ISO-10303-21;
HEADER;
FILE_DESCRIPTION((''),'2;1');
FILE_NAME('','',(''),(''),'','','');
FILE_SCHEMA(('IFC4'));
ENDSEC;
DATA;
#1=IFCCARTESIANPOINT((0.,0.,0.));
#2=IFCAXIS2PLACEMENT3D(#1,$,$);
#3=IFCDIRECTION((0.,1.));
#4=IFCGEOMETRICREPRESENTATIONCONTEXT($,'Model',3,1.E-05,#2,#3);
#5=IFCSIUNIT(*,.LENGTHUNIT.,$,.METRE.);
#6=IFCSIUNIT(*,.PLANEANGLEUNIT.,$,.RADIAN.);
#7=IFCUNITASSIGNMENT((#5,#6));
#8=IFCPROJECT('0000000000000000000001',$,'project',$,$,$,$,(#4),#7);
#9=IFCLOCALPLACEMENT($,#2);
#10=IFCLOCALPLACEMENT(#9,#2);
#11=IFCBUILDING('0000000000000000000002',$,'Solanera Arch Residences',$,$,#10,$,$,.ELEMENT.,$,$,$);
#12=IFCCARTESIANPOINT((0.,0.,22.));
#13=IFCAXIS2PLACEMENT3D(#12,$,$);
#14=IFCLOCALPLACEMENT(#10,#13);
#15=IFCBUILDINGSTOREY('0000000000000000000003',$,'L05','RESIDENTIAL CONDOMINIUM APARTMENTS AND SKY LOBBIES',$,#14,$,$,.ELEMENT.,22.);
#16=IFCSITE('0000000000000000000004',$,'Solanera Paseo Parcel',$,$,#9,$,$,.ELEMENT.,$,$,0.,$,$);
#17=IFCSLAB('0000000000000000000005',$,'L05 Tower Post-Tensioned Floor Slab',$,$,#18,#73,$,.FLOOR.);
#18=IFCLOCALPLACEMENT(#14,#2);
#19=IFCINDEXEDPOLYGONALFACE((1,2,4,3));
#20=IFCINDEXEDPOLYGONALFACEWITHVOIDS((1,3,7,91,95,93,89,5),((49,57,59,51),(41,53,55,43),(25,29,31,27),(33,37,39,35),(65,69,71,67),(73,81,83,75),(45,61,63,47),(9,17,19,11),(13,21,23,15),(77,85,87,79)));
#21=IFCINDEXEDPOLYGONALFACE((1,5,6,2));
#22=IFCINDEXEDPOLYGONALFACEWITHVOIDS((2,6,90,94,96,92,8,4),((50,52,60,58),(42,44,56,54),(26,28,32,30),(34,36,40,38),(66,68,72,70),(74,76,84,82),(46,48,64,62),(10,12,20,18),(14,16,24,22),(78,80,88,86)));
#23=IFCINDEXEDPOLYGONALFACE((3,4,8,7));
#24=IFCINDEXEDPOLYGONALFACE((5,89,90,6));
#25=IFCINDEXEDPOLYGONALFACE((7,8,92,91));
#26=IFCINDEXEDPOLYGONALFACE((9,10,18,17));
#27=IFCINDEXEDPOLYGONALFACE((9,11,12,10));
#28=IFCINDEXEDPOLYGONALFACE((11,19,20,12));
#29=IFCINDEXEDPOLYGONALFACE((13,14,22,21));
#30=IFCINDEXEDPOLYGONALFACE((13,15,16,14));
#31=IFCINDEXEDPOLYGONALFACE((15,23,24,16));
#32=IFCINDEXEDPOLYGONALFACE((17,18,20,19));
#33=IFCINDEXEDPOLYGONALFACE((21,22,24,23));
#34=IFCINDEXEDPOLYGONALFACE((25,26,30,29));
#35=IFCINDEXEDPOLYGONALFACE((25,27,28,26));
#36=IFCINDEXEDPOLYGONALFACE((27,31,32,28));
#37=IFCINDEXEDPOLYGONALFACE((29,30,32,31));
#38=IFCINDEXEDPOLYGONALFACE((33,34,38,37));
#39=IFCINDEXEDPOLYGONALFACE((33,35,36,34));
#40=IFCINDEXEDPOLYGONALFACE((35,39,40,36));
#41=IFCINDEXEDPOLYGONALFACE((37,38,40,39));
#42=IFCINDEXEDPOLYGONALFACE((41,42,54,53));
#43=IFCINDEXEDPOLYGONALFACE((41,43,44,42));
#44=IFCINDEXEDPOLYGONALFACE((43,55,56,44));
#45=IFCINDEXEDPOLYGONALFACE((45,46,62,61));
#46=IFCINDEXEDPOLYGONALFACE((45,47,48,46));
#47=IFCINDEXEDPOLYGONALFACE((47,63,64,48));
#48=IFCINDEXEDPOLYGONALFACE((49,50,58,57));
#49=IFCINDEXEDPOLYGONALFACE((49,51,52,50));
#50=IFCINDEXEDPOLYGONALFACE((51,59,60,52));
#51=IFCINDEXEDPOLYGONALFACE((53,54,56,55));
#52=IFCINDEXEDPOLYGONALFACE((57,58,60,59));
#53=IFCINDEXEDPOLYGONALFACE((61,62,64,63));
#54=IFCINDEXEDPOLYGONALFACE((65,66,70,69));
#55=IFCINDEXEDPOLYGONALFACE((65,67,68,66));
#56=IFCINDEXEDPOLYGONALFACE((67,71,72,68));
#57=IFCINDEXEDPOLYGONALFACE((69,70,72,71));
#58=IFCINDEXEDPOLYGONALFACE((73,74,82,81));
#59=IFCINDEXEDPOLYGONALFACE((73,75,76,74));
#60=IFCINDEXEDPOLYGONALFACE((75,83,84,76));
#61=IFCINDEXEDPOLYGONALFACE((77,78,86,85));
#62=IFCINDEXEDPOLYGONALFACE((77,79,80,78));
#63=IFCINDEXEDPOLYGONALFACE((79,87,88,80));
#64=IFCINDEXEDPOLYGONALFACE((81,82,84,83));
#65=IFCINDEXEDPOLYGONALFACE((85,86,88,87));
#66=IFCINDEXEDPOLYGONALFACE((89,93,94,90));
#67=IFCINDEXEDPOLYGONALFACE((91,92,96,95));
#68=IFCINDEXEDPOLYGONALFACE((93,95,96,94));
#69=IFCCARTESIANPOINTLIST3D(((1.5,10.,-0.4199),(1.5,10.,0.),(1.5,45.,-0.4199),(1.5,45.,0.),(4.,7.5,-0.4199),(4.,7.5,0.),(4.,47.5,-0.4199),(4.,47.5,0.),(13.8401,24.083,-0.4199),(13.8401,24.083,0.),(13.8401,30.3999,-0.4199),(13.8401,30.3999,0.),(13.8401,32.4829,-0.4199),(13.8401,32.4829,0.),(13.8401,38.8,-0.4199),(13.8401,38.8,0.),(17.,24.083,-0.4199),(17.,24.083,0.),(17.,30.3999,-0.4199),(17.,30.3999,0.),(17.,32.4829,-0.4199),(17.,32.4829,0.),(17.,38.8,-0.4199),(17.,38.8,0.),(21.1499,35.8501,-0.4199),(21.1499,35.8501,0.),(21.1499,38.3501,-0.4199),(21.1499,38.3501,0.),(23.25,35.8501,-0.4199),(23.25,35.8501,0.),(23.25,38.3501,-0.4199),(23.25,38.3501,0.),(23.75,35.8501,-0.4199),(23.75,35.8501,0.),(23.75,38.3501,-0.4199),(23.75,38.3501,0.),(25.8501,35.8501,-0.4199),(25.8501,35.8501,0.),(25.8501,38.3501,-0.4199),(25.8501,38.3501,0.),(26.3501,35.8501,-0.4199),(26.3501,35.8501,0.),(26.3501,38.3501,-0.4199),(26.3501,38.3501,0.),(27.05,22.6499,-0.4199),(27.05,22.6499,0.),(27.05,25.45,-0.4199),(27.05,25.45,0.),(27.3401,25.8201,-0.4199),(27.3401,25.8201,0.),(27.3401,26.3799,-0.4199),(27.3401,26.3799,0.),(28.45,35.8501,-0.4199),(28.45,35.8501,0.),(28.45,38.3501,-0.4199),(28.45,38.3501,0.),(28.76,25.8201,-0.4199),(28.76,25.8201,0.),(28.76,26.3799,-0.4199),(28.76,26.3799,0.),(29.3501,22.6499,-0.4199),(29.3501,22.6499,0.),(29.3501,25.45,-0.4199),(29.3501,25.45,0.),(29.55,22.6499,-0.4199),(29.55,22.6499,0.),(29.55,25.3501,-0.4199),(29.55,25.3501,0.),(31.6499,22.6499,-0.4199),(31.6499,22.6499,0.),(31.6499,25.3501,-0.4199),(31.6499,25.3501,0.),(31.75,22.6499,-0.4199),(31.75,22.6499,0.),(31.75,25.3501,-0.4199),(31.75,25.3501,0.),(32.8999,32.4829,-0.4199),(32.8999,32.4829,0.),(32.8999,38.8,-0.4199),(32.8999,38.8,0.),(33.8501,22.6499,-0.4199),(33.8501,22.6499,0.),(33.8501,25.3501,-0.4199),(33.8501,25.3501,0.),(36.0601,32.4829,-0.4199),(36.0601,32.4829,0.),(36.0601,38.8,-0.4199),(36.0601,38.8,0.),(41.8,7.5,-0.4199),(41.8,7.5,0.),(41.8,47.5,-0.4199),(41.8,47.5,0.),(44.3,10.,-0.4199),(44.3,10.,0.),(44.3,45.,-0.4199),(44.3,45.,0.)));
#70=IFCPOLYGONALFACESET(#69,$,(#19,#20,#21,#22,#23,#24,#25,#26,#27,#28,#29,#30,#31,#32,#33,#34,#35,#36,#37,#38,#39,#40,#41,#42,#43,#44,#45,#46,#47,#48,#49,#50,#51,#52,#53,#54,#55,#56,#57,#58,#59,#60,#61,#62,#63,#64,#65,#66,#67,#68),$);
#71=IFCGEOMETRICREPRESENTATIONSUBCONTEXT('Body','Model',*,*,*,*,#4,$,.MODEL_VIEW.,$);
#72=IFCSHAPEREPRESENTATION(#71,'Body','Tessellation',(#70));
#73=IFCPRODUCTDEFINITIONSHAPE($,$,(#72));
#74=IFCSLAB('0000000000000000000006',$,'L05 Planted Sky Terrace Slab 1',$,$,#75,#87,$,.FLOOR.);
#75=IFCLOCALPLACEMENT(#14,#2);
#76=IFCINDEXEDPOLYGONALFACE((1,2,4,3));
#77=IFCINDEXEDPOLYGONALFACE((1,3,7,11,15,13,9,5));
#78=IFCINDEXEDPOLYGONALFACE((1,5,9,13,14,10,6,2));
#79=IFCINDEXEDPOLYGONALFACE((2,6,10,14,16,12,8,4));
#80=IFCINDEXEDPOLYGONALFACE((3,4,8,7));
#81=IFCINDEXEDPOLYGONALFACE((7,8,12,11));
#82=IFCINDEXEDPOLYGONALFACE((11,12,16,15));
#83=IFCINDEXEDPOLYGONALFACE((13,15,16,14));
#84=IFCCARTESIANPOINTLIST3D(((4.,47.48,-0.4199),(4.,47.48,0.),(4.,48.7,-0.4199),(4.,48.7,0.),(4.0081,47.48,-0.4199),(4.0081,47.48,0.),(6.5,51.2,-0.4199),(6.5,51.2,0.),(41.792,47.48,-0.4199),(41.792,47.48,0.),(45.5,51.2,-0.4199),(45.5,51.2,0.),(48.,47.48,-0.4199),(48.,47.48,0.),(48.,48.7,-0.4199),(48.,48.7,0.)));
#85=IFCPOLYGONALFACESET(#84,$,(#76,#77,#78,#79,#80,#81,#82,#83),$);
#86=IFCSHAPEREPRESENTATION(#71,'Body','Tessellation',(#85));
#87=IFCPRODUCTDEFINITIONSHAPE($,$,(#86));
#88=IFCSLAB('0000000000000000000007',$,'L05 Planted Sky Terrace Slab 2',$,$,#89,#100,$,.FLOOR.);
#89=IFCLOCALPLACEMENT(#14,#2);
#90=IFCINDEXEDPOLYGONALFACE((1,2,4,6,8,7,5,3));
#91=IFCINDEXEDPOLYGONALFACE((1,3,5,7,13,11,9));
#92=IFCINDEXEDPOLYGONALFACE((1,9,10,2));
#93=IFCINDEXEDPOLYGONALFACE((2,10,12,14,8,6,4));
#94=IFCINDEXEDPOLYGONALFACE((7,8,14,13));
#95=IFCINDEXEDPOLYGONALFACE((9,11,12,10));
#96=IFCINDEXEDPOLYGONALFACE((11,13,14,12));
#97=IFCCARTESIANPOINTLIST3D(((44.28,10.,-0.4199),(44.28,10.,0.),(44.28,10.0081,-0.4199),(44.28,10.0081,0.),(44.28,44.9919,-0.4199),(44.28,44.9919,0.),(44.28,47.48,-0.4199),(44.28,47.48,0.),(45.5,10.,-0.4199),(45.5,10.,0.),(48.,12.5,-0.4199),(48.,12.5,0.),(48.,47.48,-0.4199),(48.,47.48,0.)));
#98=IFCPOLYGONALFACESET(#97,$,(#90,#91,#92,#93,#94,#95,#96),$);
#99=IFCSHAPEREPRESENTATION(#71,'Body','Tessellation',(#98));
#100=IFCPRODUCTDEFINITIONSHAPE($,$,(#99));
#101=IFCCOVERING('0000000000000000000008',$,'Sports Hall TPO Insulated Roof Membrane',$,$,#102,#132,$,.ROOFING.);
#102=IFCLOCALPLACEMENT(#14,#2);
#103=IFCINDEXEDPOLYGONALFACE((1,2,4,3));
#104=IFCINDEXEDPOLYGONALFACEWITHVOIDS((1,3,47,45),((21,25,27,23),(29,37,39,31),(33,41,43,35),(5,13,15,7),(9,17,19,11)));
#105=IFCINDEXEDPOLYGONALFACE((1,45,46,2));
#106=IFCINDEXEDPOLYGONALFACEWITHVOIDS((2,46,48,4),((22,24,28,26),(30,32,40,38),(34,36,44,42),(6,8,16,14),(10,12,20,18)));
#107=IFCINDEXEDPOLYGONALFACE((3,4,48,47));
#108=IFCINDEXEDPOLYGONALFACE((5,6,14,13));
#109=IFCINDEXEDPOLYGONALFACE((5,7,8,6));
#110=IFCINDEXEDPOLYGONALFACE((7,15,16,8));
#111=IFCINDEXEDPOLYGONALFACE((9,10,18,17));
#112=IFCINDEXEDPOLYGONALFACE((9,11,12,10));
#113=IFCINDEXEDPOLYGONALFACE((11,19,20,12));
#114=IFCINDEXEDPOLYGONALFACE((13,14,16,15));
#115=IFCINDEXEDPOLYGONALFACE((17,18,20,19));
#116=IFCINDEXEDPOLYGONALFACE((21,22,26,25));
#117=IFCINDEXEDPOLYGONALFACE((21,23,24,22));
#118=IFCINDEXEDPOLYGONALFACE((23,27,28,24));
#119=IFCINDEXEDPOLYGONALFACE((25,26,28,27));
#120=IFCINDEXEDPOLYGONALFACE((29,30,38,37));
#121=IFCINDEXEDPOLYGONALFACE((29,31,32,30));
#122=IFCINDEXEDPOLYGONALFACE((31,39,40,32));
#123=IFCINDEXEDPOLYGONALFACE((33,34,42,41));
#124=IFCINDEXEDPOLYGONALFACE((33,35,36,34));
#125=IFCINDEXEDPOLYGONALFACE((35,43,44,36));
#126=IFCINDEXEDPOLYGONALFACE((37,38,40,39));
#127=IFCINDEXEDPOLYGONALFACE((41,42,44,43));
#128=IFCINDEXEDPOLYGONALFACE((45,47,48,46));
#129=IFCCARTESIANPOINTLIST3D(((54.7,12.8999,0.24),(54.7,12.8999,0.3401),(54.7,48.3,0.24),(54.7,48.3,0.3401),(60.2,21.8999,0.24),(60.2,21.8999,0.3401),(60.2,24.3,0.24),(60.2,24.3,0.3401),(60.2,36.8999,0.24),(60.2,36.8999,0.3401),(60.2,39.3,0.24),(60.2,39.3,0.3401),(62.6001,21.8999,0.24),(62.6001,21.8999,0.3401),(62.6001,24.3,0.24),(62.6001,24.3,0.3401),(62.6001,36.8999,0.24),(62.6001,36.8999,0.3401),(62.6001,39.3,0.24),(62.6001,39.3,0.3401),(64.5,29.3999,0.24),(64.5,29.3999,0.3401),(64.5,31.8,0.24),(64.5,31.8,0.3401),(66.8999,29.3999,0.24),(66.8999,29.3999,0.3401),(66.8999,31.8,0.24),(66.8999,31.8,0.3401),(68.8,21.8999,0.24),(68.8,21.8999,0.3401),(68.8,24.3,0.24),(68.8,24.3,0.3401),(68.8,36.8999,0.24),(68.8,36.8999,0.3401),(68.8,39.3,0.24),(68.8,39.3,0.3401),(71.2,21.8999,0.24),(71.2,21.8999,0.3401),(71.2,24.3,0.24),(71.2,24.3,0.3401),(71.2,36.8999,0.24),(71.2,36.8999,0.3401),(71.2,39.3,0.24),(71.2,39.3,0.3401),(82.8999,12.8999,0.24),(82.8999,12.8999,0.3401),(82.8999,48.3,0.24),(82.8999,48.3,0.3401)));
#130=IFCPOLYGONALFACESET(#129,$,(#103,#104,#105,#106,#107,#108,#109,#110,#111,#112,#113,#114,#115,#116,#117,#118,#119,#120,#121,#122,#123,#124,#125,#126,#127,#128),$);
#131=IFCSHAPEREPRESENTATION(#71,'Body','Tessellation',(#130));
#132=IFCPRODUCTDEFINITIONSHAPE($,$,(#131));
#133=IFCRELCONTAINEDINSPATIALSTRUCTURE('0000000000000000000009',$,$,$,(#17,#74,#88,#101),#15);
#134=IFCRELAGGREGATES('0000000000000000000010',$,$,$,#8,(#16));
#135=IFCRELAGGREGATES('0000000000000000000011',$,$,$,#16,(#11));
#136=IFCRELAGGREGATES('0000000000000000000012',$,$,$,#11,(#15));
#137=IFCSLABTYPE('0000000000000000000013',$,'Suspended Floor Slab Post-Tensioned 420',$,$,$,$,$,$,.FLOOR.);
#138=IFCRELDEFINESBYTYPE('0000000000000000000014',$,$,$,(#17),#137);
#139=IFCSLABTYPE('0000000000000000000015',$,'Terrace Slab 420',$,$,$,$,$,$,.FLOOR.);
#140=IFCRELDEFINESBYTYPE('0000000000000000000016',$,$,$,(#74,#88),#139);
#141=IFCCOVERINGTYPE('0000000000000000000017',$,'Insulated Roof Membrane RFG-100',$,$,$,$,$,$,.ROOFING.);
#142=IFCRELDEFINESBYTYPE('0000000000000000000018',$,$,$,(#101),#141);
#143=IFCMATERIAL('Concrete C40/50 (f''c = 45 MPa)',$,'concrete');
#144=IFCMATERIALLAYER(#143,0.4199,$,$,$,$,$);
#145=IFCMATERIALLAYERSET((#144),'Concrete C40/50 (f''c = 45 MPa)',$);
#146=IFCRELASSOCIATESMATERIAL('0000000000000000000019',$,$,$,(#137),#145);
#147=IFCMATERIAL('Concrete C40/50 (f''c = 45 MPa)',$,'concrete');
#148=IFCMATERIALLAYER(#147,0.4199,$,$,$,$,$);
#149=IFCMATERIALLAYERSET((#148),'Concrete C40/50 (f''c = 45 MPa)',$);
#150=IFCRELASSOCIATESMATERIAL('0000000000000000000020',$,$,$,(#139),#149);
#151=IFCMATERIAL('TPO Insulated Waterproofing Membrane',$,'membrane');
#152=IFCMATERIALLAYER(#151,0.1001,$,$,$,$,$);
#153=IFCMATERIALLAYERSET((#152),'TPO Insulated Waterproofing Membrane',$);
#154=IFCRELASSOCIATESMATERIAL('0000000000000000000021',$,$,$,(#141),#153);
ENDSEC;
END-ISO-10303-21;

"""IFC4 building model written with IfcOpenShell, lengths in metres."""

from ifc_helpers import new_model, si_unit, direction, frame, origin, place, context, subcontext, project, spatial, polyline, outline, extrude, material, layer, layer_set, type_object, element, save


model = new_model("IFC4")

# Units and contexts
model_context = context("Model", 3, precision=1e-05, world=origin(), true_north=direction((0.0, 1.0)))
body_context = subcontext(model_context, "Body", "Model", "MODEL_VIEW")
ifc_project = project(units=[si_unit("LENGTHUNIT", "METRE"), si_unit("PLANEANGLEUNIT", "RADIAN")], contexts=[model_context])

# Site, building, storey
site_placement = place(None, origin())
site = spatial("IfcSite", under=ifc_project, at=site_placement, Name="Solanera Paseo Parcel", CompositionType="ELEMENT", RefElevation=0.0)
building_placement = place(site_placement, origin())
building = spatial("IfcBuilding", under=site, at=building_placement, Name="Solanera Arch Residences", CompositionType="ELEMENT")
storey_placement = place(building_placement, frame((0.0, 0.0, 22.0)))
storey = spatial("IfcBuildingStorey", under=building, at=storey_placement, Name="L05", Description="RESIDENTIAL CONDOMINIUM APARTMENTS AND SKY LOBBIES", CompositionType="ELEMENT", Elevation=22.0)

# Slabs
ifc_material_1 = material(Name="Concrete C40/50 (f'c = 45 MPa)", Category="concrete")
ifc_layer_1 = layer(ifc_material_1, 0.4199)
ifc_layer_set_1 = layer_set([ifc_layer_1], Name="Concrete C40/50 (f'c = 45 MPa)")
slab_type_1 = type_object("IfcSlabType", Name="Suspended Floor Slab Post-Tensioned 420", PredefinedType="FLOOR", material=ifc_layer_set_1)
slab_1_placement = place(storey_placement, frame((0.0, 0.0, -0.4199)))
element("IfcSlab", 1, at=slab_1_placement, inside=storey, type_object=slab_type_1, Name="L05 Tower Post-Tensioned Floor Slab", PredefinedType="FLOOR", context=body_context, shape_type="SweptSolid", body=[
    extrude(outline(polyline([(4.0, 7.5), (41.8, 7.5), (44.3, 10.0), (44.3, 45.0), (41.8, 47.5), (4.0, 47.5), (1.5, 45.0), (1.5, 10.0), (4.0, 7.5)]), holes=[polyline([(13.8401, 32.4829), (13.8401, 38.8), (17.0, 38.8), (17.0, 32.4829), (13.8401, 32.4829)]), polyline([(32.8999, 32.4829), (32.8999, 38.8), (36.0601, 38.8), (36.0601, 32.4829), (32.8999, 32.4829)]), polyline([(13.8401, 24.083), (13.8401, 30.3999), (17.0, 30.3999), (17.0, 24.083), (13.8401, 24.083)]), polyline([(21.1499, 38.3501), (23.25, 38.3501), (23.25, 35.8501), (21.1499, 35.8501), (21.1499, 38.3501)]), polyline([(23.75, 38.3501), (25.8501, 38.3501), (25.8501, 35.8501), (23.75, 35.8501), (23.75, 38.3501)]), polyline([(26.3501, 38.3501), (28.45, 38.3501), (28.45, 35.8501), (26.3501, 35.8501), (26.3501, 38.3501)]), polyline([(29.55, 25.3501), (31.6499, 25.3501), (31.6499, 22.6499), (29.55, 22.6499), (29.55, 25.3501)]), polyline([(31.75, 25.3501), (33.8501, 25.3501), (33.8501, 22.6499), (31.75, 22.6499), (31.75, 25.3501)]), polyline([(27.05, 25.45), (29.3501, 25.45), (29.3501, 22.6499), (27.05, 22.6499), (27.05, 25.45)]), polyline([(27.3401, 26.3799), (28.76, 26.3799), (28.76, 25.8201), (27.3401, 25.8201), (27.3401, 26.3799)])]), origin(), (0.0, 0.0, 1.0), 0.4199),
])
ifc_material_2 = material(Name="Concrete C40/50 (f'c = 45 MPa)", Category="concrete")
ifc_layer_2 = layer(ifc_material_2, 0.4199)
ifc_layer_set_2 = layer_set([ifc_layer_2], Name="Concrete C40/50 (f'c = 45 MPa)")
slab_type_2 = type_object("IfcSlabType", Name="Terrace Slab 420", PredefinedType="FLOOR", material=ifc_layer_set_2)
slab_2_placement = place(storey_placement, frame((0.0, 0.0, -0.4199)))
element("IfcSlab", 2, at=slab_2_placement, inside=storey, type_object=slab_type_2, Name="L05 Planted Sky Terrace Slab 1", PredefinedType="FLOOR", context=body_context, shape_type="SweptSolid", body=[
    extrude(outline(polyline([(4.0, 48.7), (4.0, 47.48), (4.0081, 47.48), (41.792, 47.48), (48.0, 47.48), (48.0, 48.7), (45.5, 51.2), (6.5, 51.2), (4.0, 48.7)])), origin(), (0.0, 0.0, 1.0), 0.4199),
])
slab_3_placement = place(storey_placement, frame((0.0, 0.0, -0.4199)))
element("IfcSlab", 3, at=slab_3_placement, inside=storey, type_object=slab_type_2, Name="L05 Planted Sky Terrace Slab 2", PredefinedType="FLOOR", context=body_context, shape_type="SweptSolid", body=[
    extrude(outline(polyline([(48.0, 47.48), (44.28, 47.48), (44.28, 44.9919), (44.28, 10.0081), (44.28, 10.0), (45.5, 10.0), (48.0, 12.5), (48.0, 47.48)])), origin(), (0.0, 0.0, 1.0), 0.4199),
])

# Covering
ifc_material_3 = material(Name="TPO Insulated Waterproofing Membrane", Category="membrane")
ifc_layer_3 = layer(ifc_material_3, 0.1001)
ifc_layer_set_3 = layer_set([ifc_layer_3], Name="TPO Insulated Waterproofing Membrane")
covering_type = type_object("IfcCoveringType", Name="Insulated Roof Membrane RFG-100", PredefinedType="ROOFING", material=ifc_layer_set_3)
covering_placement = place(storey_placement, frame((0.0, 0.0, 0.24)))
element("IfcCovering", 4, at=covering_placement, inside=storey, type_object=covering_type, Name="Sports Hall TPO Insulated Roof Membrane", PredefinedType="ROOFING", context=body_context, shape_type="SweptSolid", body=[
    extrude(outline(polyline([(54.7, 12.8999), (82.8999, 12.8999), (82.8999, 48.3), (54.7, 48.3), (54.7, 12.8999)]), holes=[polyline([(60.2, 21.8999), (62.6001, 21.8999), (62.6001, 24.3), (60.2, 24.3), (60.2, 21.8999)]), polyline([(68.8, 21.8999), (71.2, 21.8999), (71.2, 24.3), (68.8, 24.3), (68.8, 21.8999)]), polyline([(64.5, 29.3999), (66.8999, 29.3999), (66.8999, 31.8), (64.5, 31.8), (64.5, 29.3999)]), polyline([(60.2, 36.8999), (62.6001, 36.8999), (62.6001, 39.3), (60.2, 39.3), (60.2, 36.8999)]), polyline([(68.8, 36.8999), (71.2, 36.8999), (71.2, 39.3), (68.8, 39.3), (68.8, 36.8999)])]), origin(), (0.0, 0.0, 1.0), 0.1001),
])

save(model, "model.ifc")
